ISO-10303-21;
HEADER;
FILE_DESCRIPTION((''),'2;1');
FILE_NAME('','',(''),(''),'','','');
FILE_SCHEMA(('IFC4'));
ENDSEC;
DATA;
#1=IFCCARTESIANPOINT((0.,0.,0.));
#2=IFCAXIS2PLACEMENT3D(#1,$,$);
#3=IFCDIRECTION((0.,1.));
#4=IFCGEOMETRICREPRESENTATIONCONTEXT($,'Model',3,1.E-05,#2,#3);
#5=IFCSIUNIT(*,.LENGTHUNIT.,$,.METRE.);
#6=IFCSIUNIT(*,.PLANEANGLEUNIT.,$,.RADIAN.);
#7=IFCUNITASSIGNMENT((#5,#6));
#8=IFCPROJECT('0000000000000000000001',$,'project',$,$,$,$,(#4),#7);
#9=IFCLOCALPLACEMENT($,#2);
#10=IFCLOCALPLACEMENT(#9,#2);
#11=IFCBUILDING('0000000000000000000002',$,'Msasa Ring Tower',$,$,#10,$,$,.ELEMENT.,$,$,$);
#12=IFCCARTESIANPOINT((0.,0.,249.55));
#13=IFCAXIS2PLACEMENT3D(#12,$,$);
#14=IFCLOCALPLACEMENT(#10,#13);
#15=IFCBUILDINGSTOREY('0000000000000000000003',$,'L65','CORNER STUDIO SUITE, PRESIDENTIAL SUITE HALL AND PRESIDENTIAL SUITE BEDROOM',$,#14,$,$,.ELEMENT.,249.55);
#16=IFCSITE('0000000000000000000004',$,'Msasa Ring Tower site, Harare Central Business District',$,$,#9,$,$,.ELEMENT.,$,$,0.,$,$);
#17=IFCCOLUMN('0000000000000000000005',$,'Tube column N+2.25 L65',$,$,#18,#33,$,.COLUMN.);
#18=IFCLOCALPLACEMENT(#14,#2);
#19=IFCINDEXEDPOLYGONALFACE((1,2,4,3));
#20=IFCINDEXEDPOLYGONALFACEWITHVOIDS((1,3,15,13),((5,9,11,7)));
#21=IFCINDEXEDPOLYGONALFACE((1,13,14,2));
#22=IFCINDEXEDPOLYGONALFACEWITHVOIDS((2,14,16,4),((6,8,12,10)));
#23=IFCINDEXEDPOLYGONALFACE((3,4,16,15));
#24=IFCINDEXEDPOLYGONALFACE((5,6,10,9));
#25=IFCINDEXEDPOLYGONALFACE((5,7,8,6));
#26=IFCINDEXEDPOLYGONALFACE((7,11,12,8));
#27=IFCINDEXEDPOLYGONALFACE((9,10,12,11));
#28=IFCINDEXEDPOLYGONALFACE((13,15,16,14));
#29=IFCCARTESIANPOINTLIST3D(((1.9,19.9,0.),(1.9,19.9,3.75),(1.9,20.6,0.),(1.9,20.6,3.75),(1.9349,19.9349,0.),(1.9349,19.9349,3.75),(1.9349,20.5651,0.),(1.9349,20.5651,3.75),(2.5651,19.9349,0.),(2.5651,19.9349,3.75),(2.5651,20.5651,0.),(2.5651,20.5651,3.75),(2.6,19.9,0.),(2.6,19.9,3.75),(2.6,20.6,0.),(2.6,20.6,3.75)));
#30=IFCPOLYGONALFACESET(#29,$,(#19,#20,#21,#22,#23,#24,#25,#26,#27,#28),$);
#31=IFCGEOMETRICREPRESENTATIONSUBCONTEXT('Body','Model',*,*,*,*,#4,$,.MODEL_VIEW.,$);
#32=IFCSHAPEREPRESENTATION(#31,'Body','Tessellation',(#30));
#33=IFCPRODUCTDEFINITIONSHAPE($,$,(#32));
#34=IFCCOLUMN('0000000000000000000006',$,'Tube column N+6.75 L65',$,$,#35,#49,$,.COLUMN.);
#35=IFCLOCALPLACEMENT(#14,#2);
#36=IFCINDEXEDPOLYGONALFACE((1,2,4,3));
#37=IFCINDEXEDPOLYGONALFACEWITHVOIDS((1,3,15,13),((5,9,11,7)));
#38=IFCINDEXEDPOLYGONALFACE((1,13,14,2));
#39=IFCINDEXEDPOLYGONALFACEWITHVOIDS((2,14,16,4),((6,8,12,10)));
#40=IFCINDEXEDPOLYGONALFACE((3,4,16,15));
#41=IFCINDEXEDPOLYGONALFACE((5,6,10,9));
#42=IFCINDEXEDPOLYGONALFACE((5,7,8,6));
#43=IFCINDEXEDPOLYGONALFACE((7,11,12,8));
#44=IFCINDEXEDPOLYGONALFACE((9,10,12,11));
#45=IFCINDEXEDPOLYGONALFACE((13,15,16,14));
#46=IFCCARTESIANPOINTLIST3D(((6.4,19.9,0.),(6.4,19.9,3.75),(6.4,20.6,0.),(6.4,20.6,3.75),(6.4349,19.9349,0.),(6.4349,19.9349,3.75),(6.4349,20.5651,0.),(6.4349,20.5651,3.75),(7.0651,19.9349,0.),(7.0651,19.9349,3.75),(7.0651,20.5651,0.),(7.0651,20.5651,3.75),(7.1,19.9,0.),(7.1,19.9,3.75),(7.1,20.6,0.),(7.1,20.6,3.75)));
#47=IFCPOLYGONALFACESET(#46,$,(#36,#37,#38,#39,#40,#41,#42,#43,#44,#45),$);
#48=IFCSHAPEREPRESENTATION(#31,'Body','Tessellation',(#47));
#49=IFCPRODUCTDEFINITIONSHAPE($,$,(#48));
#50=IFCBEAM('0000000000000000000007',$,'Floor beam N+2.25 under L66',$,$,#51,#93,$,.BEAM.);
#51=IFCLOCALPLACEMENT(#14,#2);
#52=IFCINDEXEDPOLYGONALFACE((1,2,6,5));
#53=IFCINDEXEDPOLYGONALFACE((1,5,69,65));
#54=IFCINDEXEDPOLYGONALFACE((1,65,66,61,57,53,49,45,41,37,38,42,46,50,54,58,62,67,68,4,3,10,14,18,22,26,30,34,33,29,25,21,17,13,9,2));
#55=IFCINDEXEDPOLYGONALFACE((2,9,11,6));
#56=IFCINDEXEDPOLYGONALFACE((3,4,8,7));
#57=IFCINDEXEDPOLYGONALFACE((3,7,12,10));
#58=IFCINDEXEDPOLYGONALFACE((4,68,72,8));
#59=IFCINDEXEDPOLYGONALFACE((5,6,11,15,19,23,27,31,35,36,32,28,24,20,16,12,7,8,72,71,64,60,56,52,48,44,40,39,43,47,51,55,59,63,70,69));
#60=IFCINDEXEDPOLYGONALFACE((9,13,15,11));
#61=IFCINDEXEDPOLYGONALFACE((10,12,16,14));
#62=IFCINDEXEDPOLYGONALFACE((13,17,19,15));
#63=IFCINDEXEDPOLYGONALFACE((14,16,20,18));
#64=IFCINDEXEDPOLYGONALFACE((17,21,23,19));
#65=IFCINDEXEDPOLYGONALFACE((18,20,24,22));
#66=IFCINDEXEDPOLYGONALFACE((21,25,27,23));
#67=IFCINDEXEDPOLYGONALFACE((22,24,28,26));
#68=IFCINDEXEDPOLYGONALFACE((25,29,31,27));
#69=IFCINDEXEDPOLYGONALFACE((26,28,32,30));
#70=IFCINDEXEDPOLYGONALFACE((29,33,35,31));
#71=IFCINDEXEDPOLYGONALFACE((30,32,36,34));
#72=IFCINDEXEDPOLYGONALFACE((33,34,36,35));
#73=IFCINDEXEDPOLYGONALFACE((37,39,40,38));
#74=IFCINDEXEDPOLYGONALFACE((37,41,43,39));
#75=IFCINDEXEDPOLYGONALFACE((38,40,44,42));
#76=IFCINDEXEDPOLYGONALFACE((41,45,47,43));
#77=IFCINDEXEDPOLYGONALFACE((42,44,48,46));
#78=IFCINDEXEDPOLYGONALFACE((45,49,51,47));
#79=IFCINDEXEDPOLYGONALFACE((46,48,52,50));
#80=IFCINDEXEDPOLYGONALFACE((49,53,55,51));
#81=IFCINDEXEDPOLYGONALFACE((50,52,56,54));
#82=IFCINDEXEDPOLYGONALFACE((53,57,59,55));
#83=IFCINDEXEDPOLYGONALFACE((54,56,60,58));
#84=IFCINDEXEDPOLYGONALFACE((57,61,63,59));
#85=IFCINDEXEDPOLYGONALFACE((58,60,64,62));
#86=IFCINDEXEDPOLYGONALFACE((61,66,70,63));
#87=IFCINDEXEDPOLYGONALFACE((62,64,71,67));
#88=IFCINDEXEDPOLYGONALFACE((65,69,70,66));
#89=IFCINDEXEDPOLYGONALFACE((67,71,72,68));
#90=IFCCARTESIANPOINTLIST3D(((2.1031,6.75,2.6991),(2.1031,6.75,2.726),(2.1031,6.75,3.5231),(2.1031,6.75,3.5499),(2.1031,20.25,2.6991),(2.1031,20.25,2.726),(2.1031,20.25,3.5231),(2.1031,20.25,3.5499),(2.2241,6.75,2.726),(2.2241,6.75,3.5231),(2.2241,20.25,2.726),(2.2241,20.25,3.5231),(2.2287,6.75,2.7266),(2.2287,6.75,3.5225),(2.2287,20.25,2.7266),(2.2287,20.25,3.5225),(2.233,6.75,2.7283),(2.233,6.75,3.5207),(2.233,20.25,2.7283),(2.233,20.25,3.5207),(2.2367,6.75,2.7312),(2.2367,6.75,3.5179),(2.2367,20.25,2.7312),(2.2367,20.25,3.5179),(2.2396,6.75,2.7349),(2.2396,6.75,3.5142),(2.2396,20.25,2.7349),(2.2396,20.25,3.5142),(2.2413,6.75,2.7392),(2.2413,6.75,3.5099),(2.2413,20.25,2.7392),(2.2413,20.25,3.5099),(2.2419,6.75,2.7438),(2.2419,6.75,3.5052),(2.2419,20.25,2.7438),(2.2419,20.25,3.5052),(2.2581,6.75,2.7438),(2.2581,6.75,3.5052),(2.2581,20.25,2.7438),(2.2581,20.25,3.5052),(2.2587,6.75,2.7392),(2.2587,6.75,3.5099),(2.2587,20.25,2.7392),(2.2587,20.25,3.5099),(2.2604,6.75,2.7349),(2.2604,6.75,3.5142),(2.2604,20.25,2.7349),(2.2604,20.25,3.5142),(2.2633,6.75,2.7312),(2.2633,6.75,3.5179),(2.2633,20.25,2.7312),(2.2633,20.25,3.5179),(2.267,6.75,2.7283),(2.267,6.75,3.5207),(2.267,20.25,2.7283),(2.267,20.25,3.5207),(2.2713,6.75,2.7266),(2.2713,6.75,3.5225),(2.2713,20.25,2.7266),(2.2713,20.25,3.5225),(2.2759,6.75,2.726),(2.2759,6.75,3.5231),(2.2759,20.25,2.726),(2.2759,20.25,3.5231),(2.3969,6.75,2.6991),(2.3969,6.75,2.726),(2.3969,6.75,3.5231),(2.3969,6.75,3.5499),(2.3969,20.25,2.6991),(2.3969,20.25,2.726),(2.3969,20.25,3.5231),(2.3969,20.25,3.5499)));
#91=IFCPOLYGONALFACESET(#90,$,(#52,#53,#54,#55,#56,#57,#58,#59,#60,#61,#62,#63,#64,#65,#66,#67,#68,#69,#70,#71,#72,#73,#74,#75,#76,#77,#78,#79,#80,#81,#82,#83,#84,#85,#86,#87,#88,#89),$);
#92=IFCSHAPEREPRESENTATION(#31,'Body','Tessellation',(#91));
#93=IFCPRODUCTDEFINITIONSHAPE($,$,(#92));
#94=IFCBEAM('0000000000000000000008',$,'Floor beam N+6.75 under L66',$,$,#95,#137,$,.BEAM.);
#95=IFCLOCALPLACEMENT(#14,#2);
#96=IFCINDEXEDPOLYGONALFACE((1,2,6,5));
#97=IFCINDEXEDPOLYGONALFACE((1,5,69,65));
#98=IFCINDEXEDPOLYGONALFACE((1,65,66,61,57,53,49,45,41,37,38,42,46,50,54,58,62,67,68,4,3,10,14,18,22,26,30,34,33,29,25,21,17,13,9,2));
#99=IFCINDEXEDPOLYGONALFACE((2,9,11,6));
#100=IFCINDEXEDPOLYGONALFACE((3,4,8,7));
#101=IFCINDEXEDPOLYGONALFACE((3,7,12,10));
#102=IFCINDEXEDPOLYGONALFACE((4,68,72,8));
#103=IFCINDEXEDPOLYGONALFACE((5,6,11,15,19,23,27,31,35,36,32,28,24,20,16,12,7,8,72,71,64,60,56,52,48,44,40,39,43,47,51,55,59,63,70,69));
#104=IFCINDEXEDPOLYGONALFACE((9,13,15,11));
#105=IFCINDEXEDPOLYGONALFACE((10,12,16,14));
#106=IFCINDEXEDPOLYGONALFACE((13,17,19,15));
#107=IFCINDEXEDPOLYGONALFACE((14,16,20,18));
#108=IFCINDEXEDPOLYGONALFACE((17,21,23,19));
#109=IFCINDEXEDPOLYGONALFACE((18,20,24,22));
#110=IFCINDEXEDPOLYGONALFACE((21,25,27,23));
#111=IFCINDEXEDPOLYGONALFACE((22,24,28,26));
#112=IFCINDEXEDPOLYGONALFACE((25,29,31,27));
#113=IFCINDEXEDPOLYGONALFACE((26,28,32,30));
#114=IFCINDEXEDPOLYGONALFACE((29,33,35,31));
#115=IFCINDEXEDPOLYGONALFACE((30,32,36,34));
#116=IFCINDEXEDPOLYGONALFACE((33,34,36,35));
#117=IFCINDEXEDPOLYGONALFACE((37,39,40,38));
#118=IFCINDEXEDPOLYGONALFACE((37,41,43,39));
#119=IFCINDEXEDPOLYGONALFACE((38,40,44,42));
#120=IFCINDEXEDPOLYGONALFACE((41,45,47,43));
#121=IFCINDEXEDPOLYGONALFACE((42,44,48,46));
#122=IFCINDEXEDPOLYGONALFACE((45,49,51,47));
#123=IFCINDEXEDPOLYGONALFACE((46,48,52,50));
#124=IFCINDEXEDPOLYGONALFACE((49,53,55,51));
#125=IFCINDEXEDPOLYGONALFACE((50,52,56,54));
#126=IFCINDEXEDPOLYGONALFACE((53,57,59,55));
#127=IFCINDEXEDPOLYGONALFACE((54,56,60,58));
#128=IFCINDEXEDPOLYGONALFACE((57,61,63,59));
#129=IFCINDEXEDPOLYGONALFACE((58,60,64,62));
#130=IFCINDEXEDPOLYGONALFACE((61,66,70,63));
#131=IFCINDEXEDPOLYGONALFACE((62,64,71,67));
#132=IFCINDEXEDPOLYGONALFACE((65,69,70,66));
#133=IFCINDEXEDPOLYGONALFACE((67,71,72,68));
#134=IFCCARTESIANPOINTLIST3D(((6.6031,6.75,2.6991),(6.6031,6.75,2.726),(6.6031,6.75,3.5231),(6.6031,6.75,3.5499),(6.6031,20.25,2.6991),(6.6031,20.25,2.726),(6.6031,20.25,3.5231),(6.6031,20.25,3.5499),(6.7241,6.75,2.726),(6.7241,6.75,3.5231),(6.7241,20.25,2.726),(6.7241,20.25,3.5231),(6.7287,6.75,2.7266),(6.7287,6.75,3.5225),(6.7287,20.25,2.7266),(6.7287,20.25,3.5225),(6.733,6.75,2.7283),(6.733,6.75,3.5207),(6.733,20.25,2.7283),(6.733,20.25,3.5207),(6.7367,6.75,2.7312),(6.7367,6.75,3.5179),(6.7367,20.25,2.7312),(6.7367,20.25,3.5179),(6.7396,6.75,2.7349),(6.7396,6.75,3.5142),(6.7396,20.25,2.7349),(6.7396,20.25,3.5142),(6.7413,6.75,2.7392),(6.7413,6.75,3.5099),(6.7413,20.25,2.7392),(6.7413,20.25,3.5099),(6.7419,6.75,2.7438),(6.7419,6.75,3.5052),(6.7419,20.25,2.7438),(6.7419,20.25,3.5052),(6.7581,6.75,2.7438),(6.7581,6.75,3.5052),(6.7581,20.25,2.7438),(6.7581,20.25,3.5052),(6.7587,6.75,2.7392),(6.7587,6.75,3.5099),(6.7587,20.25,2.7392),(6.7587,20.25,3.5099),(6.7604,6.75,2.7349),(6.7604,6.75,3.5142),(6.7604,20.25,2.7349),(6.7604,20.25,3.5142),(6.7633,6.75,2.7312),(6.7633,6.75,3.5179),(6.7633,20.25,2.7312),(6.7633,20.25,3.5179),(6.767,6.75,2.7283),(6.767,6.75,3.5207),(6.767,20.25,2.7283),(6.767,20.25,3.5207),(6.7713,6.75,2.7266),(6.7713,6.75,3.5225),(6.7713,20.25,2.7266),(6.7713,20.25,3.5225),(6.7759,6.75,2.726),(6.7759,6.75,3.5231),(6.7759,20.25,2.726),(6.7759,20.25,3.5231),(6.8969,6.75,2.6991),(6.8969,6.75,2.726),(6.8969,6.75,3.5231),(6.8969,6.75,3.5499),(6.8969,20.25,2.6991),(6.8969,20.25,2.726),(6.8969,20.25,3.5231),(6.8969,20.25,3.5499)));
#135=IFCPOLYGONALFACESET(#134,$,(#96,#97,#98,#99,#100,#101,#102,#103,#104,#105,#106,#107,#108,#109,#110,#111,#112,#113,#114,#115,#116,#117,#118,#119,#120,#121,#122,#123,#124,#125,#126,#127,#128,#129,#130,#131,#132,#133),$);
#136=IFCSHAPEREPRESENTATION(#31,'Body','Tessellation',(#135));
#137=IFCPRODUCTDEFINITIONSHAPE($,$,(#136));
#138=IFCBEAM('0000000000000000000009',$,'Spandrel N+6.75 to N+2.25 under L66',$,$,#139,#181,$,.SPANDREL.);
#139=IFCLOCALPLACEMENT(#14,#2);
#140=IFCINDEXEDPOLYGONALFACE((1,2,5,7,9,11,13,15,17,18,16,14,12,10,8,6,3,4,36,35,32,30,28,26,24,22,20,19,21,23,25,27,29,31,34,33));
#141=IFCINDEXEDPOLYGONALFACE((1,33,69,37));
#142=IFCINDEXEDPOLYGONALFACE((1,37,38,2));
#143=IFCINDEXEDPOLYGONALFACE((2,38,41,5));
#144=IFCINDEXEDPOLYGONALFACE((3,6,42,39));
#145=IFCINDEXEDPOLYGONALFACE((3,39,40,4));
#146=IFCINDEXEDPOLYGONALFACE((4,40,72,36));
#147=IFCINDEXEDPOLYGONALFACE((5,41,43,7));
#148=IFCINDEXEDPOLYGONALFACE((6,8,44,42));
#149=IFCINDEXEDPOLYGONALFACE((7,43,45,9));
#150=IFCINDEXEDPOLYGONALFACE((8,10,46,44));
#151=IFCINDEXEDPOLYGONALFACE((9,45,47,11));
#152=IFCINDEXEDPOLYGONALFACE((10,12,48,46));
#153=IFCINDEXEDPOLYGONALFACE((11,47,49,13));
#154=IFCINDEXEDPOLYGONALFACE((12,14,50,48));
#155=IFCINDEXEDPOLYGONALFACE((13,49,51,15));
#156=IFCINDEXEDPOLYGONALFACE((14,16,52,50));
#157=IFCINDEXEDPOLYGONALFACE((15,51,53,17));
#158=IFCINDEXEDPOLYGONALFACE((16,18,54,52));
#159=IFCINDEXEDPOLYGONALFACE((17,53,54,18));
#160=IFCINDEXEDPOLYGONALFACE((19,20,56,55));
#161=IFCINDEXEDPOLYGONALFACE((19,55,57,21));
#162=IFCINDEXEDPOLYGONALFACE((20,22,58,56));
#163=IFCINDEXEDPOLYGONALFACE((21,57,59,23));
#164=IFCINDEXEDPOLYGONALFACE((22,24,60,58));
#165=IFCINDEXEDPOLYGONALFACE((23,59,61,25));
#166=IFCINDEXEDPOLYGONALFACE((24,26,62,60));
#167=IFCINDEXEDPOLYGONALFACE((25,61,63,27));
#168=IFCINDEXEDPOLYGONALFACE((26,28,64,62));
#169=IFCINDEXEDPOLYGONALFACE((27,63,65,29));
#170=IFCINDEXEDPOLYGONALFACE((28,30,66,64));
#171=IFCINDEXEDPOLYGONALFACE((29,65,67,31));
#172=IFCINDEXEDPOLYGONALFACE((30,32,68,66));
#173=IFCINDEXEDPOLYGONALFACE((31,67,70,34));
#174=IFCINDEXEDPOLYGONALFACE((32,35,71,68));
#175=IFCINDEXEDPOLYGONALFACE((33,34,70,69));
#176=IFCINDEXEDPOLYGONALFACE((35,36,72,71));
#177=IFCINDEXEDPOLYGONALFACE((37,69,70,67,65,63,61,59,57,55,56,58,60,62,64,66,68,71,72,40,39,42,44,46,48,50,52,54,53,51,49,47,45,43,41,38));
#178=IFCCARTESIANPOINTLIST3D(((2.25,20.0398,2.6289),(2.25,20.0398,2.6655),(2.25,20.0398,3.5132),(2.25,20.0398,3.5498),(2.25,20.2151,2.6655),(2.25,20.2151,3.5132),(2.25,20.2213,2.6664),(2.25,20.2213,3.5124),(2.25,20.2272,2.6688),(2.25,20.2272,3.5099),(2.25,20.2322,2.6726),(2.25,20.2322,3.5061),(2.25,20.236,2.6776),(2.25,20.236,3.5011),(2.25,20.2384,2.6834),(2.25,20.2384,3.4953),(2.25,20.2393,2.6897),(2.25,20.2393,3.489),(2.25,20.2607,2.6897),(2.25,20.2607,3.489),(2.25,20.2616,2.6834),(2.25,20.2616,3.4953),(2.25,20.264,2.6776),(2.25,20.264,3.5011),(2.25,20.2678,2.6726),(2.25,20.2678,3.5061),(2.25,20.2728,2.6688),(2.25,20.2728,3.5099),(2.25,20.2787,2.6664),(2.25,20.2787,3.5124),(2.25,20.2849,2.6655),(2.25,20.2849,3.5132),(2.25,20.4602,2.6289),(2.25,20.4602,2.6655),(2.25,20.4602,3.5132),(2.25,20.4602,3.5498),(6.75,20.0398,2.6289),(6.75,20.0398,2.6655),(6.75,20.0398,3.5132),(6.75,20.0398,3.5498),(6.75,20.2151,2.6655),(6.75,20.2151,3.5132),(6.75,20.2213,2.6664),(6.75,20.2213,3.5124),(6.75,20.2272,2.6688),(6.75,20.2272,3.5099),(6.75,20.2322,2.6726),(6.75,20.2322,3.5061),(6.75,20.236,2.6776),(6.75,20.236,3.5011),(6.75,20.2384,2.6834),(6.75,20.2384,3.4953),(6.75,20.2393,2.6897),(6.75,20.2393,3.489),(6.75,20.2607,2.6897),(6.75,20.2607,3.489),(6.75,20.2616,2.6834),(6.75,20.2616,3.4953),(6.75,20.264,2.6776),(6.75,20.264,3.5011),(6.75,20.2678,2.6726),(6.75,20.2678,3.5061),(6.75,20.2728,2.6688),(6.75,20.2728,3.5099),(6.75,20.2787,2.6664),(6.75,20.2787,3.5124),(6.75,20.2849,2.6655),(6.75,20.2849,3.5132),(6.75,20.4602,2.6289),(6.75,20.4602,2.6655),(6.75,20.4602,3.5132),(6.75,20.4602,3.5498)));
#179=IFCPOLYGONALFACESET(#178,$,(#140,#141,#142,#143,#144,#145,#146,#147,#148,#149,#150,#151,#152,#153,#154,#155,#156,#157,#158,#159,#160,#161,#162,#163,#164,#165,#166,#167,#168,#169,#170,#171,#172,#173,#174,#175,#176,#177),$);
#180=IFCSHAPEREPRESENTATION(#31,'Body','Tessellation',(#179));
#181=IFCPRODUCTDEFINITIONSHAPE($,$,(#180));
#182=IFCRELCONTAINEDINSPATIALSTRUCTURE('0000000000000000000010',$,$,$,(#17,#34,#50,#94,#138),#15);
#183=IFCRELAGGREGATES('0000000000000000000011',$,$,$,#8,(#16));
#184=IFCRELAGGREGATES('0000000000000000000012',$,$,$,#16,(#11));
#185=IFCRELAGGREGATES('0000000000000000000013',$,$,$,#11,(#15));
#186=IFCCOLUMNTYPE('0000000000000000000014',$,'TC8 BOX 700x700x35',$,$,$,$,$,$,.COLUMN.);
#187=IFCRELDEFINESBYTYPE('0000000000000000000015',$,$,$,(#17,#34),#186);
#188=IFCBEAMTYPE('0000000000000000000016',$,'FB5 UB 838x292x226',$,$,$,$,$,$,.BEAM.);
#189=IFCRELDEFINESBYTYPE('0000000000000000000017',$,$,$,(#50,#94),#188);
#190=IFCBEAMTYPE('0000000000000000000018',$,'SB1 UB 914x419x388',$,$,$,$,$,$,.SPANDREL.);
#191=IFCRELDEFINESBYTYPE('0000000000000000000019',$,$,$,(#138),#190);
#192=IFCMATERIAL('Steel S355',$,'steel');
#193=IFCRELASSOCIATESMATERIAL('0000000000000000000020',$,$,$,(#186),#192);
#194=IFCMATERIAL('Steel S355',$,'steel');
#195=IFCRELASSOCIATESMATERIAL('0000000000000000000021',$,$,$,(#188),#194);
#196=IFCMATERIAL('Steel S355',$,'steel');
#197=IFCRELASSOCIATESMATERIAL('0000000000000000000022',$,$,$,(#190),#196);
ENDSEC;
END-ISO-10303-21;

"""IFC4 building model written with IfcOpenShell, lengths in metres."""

from ifc_helpers import new_model, si_unit, direction, frame, origin, origin_2d, place, context, subcontext, project, spatial, hollow_rectangle, i_section, extrude, material, material_profile, profile_set, type_object, element, save


model = new_model("IFC4")

# Units and contexts
model_context = context("Model", 3, precision=1e-05, world=origin(), true_north=direction((0.0, 1.0)))
body_context = subcontext(model_context, "Body", "Model", "MODEL_VIEW")
ifc_project = project(units=[si_unit("LENGTHUNIT", "METRE"), si_unit("PLANEANGLEUNIT", "RADIAN")], contexts=[model_context])

# Site, building, storey
site_placement = place(None, origin())
site = spatial("IfcSite", under=ifc_project, at=site_placement, Name="Msasa Ring Tower site, Harare Central Business District", CompositionType="ELEMENT", RefElevation=0.0)
building_placement = place(site_placement, origin())
building = spatial("IfcBuilding", under=site, at=building_placement, Name="Msasa Ring Tower", CompositionType="ELEMENT")
storey_placement = place(building_placement, frame((0.0, 0.0, 249.55)))
storey = spatial("IfcBuildingStorey", under=building, at=storey_placement, Name="L65", Description="CORNER STUDIO SUITE, PRESIDENTIAL SUITE HALL AND PRESIDENTIAL SUITE BEDROOM", CompositionType="ELEMENT", Elevation=249.55)

# Columns
ifc_material_1 = material(Name="Steel S355", Category="steel")
ifc_material_profile_1 = material_profile(ifc_material_1, hollow_rectangle(XDim=0.7, YDim=0.7, WallThickness=0.0349, at=origin_2d()), Name="BOX 700x700x35")
ifc_profile_set_1 = profile_set([ifc_material_profile_1], Name="Steel S355")
column_type = type_object("IfcColumnType", Name="TC8 BOX 700x700x35", PredefinedType="COLUMN", material=ifc_profile_set_1)
for number, where, z_axis, x_axis, name in (
    (1, (2.25, 20.25, 0.0), (0.0, 0.0, 1.0), (0.0, 1.0, 0.0), "Tube column N+2.25 L65"),
    (2, (6.75, 20.25, 0.0), (0.0, 0.0, 1.0), (0.0, 1.0, 0.0), "Tube column N+6.75 L65"),
):
    element("IfcColumn", number, at=place(storey_placement, frame(where, z_axis=z_axis, x_axis=x_axis)), inside=storey, type_object=column_type, Name=name, PredefinedType="COLUMN", context=body_context, shape_type="SweptSolid", body=[
        extrude(hollow_rectangle(XDim=0.7, YDim=0.7, WallThickness=0.0349, at=origin_2d()), origin(), (0.0, 0.0, 1.0), 3.75),
    ])

# Beams
ifc_material_2 = material(Name="Steel S355", Category="steel")
ifc_material_profile_2 = material_profile(ifc_material_2, i_section(OverallWidth=0.2937, OverallDepth=0.8508, WebThickness=0.0161, FlangeThickness=0.0269, FilletRadius=0.0178, at=origin_2d()), Name="UB 838x292x226")
ifc_profile_set_2 = profile_set([ifc_material_profile_2], Name="Steel S355")
beam_type_1 = type_object("IfcBeamType", Name="FB5 UB 838x292x226", PredefinedType="BEAM", material=ifc_profile_set_2)
for number, where, z_axis, x_axis, name in (
    (3, (2.25, 20.25, 3.1245), (0.0, -1.0, 0.0), (1.0, 0.0, 0.0), "Floor beam N+2.25 under L66"),
    (4, (6.75, 20.25, 3.1245), (0.0, -1.0, 0.0), (1.0, 0.0, 0.0), "Floor beam N+6.75 under L66"),
):
    element("IfcBeam", number, at=place(storey_placement, frame(where, z_axis=z_axis, x_axis=x_axis)), inside=storey, type_object=beam_type_1, Name=name, PredefinedType="BEAM", context=body_context, shape_type="SweptSolid", body=[
        extrude(i_section(OverallWidth=0.2937, OverallDepth=0.8508, WebThickness=0.0161, FlangeThickness=0.0269, FilletRadius=0.0178, at=origin_2d()), origin(), (0.0, 0.0, 1.0), 13.5),
    ])
ifc_material_3 = material(Name="Steel S355", Category="steel")
ifc_material_profile_3 = material_profile(ifc_material_3, i_section(OverallWidth=0.4204, OverallDepth=0.9209, WebThickness=0.0215, FlangeThickness=0.0366, FilletRadius=0.0242, at=origin_2d()), Name="UB 914x419x388")
ifc_profile_set_3 = profile_set([ifc_material_profile_3], Name="Steel S355")
beam_type_2 = type_object("IfcBeamType", Name="SB1 UB 914x419x388", PredefinedType="SPANDREL", material=ifc_profile_set_3)
for number, where, z_axis, x_axis, name in (
    (5, (6.75, 20.25, 3.0894), (-1.0, 0.0, 0.0), (0.0, -1.0, 0.0), "Spandrel N+6.75 to N+2.25 under L66"),
):
    element("IfcBeam", number, at=place(storey_placement, frame(where, z_axis=z_axis, x_axis=x_axis)), inside=storey, type_object=beam_type_2, Name=name, PredefinedType="SPANDREL", context=body_context, shape_type="SweptSolid", body=[
        extrude(i_section(OverallWidth=0.4204, OverallDepth=0.9209, WebThickness=0.0215, FlangeThickness=0.0366, FilletRadius=0.0242, at=origin_2d()), origin(), (0.0, 0.0, 1.0), 4.5),
    ])

save(model, "model.ifc")
